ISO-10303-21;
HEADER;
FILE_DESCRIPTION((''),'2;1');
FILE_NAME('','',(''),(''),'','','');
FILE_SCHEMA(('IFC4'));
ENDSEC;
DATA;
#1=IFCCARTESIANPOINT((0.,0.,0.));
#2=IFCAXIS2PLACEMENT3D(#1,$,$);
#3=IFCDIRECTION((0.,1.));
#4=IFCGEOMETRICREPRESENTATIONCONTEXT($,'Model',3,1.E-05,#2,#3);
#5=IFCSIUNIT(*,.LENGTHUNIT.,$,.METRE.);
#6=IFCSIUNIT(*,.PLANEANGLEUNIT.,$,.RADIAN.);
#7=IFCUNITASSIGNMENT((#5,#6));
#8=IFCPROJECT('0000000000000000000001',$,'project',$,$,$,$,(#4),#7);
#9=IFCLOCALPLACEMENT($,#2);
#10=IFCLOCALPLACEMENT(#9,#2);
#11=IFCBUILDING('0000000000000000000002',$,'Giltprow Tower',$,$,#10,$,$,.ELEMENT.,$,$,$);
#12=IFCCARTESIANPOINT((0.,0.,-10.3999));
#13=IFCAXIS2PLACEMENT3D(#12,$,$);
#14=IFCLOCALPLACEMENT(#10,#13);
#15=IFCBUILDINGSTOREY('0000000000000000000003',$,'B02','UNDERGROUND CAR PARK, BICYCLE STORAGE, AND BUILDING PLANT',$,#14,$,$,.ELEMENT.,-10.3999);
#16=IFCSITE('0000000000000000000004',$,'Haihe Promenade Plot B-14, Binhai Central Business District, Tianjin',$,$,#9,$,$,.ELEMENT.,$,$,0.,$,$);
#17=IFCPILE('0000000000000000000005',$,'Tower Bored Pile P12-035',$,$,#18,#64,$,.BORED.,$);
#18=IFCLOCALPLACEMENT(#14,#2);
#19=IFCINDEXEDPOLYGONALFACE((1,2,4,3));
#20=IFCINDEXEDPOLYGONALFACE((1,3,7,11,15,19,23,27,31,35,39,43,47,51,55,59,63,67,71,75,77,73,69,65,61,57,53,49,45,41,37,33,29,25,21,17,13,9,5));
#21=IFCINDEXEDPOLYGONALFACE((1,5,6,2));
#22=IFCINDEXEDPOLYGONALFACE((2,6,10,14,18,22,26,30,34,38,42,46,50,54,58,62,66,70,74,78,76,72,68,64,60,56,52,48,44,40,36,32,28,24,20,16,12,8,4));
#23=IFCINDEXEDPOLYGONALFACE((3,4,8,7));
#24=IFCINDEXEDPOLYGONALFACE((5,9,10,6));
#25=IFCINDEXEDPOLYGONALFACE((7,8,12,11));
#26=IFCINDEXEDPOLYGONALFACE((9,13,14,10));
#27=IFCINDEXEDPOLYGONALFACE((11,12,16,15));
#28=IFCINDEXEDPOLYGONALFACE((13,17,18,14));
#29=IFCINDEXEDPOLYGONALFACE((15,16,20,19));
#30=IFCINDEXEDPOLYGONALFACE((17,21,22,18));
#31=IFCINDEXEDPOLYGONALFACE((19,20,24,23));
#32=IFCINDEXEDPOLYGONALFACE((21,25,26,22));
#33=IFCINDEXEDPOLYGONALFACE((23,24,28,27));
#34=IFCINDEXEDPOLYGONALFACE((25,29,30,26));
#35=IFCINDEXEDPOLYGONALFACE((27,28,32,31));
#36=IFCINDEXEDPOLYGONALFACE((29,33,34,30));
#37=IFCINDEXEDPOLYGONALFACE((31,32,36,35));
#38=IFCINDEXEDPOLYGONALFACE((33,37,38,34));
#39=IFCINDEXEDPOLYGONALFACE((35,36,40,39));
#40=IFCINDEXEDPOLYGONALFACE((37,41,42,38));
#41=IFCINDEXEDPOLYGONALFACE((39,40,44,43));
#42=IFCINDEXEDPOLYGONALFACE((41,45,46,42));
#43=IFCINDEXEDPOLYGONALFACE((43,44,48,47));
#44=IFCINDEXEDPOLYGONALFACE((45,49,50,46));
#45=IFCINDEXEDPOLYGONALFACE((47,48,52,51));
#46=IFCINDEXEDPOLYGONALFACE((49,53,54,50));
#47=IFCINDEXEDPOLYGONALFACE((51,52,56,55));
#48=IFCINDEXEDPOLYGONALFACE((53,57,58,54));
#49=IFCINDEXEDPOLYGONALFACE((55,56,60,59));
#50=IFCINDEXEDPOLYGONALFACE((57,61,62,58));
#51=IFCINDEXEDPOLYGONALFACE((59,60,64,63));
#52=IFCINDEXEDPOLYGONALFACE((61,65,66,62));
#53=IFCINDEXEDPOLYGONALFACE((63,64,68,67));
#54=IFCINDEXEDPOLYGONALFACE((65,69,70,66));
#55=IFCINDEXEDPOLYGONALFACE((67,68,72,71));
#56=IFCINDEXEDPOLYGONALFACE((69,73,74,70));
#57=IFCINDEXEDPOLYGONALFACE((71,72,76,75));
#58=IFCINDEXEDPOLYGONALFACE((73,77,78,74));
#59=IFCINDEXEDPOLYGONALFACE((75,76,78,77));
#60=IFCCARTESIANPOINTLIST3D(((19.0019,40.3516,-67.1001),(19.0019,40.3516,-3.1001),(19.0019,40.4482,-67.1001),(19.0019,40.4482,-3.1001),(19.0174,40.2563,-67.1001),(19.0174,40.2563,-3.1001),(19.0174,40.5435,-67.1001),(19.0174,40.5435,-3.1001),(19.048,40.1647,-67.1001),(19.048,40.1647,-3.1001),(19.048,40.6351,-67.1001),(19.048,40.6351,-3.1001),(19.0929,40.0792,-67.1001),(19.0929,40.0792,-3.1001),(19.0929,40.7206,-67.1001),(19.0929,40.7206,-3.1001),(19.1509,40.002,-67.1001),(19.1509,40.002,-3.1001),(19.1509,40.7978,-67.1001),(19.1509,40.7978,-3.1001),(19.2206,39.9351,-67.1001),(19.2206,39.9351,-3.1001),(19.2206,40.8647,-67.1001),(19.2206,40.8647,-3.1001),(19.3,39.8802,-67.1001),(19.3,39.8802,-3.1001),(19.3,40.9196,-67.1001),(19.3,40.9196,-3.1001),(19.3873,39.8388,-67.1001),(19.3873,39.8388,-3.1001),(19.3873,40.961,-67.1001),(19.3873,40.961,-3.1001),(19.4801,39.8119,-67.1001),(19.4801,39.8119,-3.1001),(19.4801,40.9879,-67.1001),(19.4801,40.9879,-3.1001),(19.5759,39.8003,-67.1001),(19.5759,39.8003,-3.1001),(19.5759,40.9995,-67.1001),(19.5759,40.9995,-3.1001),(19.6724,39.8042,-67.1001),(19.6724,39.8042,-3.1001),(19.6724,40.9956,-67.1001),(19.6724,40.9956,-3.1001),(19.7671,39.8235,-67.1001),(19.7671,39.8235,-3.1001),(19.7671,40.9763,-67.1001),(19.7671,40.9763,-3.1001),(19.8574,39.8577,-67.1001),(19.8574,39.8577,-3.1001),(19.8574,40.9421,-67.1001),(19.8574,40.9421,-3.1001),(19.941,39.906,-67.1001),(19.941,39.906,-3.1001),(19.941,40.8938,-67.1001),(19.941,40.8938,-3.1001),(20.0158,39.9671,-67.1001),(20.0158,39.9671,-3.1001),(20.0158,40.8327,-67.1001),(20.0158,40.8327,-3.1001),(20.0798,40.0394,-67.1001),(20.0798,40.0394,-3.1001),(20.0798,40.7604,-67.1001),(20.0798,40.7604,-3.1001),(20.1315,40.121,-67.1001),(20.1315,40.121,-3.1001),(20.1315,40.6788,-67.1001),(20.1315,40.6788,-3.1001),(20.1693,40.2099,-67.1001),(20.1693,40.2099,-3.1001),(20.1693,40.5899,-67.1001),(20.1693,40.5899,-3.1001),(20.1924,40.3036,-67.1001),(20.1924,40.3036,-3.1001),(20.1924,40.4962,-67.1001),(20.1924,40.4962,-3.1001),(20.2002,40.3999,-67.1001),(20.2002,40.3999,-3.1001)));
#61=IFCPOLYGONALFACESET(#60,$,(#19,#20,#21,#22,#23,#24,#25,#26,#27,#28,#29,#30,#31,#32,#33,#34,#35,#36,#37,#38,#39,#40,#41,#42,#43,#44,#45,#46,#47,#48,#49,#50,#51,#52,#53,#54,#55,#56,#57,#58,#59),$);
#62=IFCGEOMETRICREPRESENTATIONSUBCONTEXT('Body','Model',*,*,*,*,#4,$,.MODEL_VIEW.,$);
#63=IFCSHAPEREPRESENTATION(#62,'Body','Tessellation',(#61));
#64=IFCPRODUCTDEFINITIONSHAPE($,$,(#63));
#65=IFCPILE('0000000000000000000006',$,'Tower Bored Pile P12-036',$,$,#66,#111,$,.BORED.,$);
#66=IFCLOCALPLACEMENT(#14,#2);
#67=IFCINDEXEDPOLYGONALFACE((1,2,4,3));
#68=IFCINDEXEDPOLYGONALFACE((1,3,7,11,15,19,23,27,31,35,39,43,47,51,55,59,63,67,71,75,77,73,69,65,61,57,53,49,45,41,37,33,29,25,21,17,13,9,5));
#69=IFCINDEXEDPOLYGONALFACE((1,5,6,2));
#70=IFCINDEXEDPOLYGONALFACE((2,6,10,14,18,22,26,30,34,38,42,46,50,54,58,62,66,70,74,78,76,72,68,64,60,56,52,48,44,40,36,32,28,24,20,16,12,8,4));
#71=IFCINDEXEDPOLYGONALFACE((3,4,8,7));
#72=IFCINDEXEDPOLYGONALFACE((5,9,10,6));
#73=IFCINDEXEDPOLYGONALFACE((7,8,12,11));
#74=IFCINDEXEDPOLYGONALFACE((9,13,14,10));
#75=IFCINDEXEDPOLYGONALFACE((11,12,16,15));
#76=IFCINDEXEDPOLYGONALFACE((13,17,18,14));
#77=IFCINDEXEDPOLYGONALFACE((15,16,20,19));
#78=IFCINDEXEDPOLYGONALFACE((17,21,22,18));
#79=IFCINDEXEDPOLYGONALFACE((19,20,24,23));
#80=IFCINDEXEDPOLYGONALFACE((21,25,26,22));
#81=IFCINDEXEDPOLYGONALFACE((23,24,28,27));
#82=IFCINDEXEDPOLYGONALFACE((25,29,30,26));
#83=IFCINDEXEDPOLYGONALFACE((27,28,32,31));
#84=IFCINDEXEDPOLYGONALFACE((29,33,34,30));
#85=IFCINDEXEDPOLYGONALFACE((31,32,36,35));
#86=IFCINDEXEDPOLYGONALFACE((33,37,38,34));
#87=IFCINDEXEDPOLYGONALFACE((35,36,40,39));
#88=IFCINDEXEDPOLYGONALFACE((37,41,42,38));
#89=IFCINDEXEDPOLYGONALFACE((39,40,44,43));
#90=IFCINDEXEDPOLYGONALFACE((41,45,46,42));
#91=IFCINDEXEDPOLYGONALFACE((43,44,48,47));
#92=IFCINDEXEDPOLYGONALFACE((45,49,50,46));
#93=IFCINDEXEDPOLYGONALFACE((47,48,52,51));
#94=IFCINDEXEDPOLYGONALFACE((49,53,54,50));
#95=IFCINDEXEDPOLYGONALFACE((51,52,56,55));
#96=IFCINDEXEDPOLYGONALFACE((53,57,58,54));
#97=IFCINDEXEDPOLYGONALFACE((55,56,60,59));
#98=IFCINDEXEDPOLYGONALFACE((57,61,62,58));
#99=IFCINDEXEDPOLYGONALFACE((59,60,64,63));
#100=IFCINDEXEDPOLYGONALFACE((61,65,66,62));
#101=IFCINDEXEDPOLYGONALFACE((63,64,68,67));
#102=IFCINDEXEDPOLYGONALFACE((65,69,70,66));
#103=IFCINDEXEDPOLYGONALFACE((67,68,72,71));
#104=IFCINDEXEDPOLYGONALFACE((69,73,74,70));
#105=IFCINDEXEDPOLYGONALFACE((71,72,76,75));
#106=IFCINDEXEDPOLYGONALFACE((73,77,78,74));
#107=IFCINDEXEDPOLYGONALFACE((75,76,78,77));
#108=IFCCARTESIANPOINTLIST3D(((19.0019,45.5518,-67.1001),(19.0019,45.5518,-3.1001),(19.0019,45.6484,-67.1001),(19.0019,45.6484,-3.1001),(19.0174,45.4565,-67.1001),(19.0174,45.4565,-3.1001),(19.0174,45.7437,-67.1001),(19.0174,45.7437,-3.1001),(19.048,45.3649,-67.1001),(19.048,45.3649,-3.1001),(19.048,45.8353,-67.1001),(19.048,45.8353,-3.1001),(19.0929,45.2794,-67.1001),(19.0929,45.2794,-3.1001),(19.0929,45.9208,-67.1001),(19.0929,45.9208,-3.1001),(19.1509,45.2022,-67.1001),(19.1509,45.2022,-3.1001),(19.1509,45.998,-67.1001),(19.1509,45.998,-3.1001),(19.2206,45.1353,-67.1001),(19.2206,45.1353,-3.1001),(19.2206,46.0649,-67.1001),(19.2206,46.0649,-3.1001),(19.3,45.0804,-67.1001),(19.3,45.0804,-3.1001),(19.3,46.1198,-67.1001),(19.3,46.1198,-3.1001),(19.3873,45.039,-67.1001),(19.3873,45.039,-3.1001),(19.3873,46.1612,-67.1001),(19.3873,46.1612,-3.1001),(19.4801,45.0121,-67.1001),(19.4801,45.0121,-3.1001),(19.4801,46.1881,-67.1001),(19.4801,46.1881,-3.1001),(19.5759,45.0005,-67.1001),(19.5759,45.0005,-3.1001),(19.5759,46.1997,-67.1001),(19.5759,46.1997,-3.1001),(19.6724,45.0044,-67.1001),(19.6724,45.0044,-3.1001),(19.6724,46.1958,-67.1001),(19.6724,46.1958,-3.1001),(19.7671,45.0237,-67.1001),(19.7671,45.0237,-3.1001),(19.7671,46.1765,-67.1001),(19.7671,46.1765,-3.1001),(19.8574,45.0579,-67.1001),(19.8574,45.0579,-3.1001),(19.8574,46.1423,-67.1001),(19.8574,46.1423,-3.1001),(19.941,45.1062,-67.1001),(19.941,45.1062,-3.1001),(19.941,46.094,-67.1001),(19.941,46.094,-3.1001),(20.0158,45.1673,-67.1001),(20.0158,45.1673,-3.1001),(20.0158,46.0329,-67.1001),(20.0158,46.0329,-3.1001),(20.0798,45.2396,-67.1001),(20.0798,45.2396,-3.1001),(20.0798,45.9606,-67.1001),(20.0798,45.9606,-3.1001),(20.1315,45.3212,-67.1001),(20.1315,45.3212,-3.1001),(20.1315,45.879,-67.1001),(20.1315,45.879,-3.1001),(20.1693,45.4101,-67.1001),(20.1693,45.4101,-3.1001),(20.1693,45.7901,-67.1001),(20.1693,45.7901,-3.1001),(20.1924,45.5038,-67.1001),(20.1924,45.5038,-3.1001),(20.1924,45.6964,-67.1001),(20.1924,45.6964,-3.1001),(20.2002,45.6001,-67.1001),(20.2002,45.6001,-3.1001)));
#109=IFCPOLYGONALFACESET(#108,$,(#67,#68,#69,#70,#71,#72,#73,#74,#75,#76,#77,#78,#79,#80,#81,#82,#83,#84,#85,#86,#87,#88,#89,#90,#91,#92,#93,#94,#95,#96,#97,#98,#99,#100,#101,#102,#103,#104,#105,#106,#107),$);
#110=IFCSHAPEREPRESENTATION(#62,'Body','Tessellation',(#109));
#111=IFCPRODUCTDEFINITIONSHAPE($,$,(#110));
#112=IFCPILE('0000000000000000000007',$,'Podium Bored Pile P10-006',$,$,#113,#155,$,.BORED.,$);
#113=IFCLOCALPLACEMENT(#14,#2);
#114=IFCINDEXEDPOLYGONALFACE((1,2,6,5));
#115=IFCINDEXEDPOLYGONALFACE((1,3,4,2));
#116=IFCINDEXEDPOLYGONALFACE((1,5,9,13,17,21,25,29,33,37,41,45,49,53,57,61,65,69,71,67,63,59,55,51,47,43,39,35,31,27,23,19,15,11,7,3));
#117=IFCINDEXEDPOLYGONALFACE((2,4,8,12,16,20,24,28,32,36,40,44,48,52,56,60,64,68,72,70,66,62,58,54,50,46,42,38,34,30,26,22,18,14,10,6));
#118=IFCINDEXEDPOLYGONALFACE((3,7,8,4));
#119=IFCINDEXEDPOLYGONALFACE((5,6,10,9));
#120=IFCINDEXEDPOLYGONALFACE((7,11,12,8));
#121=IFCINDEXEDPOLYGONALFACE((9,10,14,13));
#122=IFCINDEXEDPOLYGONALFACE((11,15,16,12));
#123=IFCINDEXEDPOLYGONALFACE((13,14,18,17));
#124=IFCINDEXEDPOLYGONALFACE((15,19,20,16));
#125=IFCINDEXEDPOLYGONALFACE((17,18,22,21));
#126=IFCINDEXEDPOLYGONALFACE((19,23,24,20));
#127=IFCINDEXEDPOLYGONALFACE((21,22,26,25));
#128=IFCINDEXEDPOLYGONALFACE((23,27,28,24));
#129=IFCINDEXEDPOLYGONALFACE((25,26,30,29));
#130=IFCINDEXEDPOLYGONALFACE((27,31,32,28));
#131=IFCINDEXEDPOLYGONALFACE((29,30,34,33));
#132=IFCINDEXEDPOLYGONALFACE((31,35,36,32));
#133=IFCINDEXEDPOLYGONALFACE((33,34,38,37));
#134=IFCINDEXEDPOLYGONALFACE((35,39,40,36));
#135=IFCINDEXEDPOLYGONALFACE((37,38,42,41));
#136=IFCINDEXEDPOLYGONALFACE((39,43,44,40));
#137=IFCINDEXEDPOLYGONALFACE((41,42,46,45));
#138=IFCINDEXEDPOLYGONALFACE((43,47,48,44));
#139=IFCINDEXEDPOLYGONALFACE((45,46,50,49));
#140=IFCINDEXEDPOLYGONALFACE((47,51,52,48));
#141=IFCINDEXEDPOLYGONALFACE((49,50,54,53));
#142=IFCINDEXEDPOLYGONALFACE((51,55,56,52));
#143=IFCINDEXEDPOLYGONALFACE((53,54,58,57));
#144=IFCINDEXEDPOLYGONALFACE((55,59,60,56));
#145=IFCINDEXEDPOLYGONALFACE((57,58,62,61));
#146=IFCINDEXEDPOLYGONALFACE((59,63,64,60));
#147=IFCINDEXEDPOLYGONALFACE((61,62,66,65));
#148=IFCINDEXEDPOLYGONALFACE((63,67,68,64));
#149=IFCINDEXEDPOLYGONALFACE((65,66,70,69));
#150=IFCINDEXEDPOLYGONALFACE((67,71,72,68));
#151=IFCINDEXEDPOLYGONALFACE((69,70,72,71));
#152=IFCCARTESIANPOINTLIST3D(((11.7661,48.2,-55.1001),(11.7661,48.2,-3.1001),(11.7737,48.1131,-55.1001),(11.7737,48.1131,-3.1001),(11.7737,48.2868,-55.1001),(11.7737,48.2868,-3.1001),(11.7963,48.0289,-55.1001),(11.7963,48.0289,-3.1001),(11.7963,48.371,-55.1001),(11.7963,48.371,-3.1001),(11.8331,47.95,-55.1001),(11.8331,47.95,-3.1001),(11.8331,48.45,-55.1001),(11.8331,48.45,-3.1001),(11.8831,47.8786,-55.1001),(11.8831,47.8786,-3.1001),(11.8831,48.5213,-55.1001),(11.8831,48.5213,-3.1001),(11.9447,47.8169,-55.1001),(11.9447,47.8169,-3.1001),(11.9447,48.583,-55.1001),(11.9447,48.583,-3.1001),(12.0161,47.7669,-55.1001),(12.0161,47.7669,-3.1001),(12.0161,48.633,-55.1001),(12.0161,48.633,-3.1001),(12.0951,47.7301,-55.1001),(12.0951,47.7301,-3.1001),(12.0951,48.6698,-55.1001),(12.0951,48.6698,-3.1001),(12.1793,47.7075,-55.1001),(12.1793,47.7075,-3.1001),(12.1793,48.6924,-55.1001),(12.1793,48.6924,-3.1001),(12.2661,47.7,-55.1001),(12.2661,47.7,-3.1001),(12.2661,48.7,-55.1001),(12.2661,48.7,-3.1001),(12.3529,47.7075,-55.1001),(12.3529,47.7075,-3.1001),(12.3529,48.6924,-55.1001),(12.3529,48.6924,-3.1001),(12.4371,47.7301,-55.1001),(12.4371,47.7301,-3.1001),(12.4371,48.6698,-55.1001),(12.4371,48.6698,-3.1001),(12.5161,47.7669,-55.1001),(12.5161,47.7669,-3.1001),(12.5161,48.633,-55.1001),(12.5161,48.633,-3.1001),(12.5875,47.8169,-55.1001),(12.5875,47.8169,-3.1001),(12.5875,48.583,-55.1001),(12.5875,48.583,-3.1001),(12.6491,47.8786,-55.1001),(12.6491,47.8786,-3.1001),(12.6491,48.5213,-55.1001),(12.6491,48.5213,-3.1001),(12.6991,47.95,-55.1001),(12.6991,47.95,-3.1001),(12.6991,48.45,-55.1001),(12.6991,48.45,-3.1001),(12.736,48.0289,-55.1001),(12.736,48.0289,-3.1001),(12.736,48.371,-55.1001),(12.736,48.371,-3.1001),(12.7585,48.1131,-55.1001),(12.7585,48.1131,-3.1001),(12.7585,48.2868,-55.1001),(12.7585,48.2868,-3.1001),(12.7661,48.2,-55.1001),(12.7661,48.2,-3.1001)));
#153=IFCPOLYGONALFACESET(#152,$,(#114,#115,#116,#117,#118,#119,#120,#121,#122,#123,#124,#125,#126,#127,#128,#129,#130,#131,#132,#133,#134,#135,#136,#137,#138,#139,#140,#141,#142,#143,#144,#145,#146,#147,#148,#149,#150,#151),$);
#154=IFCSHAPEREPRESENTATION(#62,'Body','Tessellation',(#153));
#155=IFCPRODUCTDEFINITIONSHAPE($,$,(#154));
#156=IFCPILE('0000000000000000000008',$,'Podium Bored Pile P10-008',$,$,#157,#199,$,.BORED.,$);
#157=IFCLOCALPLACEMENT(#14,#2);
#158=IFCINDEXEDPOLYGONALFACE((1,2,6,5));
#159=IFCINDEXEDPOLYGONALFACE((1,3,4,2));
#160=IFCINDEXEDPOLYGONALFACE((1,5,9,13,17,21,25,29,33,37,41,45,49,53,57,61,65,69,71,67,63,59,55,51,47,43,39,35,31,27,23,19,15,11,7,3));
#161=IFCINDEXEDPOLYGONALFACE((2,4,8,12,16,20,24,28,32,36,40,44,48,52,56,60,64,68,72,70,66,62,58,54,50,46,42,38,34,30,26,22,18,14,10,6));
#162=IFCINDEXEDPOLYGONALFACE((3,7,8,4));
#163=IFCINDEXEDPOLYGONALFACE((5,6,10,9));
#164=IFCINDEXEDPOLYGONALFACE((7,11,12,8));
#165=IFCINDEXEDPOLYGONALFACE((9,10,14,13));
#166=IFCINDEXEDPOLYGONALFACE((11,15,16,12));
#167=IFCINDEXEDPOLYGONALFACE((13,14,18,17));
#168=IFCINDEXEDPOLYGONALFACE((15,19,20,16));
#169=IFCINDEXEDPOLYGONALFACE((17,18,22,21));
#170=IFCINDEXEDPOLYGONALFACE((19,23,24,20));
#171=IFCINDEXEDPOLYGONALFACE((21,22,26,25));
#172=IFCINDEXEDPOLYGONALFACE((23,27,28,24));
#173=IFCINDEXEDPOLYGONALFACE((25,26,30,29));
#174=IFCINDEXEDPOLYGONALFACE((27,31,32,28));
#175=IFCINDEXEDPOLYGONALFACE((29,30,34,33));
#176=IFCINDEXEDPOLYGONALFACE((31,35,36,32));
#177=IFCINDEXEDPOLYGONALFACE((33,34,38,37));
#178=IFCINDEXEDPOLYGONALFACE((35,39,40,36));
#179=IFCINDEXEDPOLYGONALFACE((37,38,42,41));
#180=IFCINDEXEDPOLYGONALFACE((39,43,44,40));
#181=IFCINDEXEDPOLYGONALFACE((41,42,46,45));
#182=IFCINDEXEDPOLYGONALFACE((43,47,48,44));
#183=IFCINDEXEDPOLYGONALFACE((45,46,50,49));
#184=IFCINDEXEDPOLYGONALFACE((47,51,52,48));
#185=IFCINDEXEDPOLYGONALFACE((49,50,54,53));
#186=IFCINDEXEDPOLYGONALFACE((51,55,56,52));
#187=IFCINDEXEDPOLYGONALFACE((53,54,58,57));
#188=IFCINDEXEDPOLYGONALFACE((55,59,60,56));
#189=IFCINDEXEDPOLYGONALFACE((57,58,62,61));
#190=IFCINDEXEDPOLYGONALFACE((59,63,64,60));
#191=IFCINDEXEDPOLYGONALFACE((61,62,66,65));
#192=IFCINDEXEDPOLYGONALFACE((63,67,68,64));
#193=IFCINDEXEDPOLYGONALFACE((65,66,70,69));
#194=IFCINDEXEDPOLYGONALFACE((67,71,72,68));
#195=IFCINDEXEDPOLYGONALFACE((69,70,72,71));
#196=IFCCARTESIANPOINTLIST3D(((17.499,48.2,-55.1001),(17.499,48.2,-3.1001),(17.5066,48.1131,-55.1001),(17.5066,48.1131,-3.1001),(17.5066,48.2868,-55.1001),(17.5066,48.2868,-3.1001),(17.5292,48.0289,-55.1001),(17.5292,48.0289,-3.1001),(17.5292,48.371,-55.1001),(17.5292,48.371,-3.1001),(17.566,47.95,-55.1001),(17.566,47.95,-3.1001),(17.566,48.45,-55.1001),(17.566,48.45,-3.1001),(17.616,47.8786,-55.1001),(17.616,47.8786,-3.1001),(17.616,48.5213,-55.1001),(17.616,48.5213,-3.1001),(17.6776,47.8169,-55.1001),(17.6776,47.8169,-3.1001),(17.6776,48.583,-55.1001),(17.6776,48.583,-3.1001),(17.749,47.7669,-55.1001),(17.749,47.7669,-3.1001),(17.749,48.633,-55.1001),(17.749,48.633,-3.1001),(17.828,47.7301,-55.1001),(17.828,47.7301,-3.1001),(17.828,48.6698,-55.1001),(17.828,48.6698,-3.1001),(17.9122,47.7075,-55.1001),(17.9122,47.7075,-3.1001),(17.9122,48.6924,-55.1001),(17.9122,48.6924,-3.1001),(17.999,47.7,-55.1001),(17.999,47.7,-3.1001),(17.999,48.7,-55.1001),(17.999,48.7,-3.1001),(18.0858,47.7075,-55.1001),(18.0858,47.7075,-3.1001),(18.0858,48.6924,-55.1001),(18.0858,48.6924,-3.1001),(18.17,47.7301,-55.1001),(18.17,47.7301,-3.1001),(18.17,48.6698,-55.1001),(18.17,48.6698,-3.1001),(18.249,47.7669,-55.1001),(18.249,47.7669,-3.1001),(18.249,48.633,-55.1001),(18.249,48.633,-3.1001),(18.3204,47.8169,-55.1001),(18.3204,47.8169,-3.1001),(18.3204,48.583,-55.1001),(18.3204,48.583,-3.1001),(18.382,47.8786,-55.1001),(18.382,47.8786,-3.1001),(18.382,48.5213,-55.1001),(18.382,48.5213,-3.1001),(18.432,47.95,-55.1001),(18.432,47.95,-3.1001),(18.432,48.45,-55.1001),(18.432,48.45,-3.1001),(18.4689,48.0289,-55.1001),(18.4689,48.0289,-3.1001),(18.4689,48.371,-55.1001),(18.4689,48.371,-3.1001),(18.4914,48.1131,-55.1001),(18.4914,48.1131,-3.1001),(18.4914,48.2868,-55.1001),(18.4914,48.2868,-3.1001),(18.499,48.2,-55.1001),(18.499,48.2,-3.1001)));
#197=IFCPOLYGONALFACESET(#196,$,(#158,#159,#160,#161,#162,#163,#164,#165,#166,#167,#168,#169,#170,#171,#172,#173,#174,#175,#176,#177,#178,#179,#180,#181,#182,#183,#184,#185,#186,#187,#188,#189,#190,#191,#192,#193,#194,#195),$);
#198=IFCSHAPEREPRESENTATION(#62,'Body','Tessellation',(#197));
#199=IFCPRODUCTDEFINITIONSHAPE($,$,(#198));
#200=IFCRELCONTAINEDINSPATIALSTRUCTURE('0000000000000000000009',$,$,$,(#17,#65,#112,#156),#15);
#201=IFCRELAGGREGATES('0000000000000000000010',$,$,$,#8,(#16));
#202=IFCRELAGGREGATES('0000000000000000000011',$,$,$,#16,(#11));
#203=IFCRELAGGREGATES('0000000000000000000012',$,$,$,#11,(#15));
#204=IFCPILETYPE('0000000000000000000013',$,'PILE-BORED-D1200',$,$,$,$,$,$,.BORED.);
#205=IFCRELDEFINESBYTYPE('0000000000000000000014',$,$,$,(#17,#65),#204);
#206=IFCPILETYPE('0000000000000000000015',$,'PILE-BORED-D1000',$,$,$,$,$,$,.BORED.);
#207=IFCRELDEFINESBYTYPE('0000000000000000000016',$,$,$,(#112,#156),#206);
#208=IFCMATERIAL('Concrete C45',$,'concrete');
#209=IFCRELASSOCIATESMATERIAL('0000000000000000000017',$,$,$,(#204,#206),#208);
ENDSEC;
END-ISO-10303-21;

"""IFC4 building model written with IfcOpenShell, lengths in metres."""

from ifc_helpers import new_model, si_unit, direction, frame, origin, origin_2d, place, context, subcontext, project, spatial, circle, extrude, source, transform, mapped, material, material_profile, profile_set, type_object, element, save


model = new_model("IFC4")

# Units and contexts
model_context = context("Model", 3, precision=1e-05, world=origin(), true_north=direction((0.0, 1.0)))
body_context = subcontext(model_context, "Body", "Model", "MODEL_VIEW")
ifc_project = project(units=[si_unit("LENGTHUNIT", "METRE"), si_unit("PLANEANGLEUNIT", "RADIAN")], contexts=[model_context])

# Site, building, storey
site_placement = place(None, origin())
site = spatial("IfcSite", under=ifc_project, at=site_placement, Name="Haihe Promenade Plot B-14, Binhai Central Business District, Tianjin", CompositionType="ELEMENT", RefElevation=0.0)
building_placement = place(site_placement, origin())
building = spatial("IfcBuilding", under=site, at=building_placement, Name="Giltprow Tower", CompositionType="ELEMENT")
storey_placement = place(building_placement, frame((0.0, 0.0, -10.3999)))
storey = spatial("IfcBuildingStorey", under=building, at=storey_placement, Name="B02", Description="UNDERGROUND CAR PARK, BICYCLE STORAGE, AND BUILDING PLANT", CompositionType="ELEMENT", Elevation=-10.3999)

# Piles
ifc_material_1 = material(Name="Concrete C45", Category="concrete")
ifc_material_profile_1 = material_profile(ifc_material_1, circle(Radius=0.6001, at=origin_2d()), Name="PILE D1200")
ifc_profile_set_1 = profile_set([ifc_material_profile_1], Name="Concrete C45")
pile_type_1 = type_object("IfcPileType", Name="PILE-BORED-D1200", PredefinedType="BORED", material=ifc_profile_set_1)
shared_shape_1 = source(origin(), body_context, "Body", "SweptSolid", [
    extrude(circle(Radius=0.6001, at=origin_2d()), origin(), (0.0, 0.0, 1.0), 64.0),
])
for number, where, z_axis, x_axis, name in (
    (1, (19.6001, 40.3999, -3.1001), (0.0, 0.0, -1.0), (1.0, 0.0, 0.0), "Tower Bored Pile P12-035"),
    (2, (19.6001, 45.6001, -3.1001), (0.0, 0.0, -1.0), (1.0, 0.0, 0.0), "Tower Bored Pile P12-036"),
):
    element("IfcPile", number, at=place(storey_placement, frame(where, z_axis=z_axis, x_axis=x_axis)), inside=storey, type_object=pile_type_1, Name=name, PredefinedType="BORED", context=body_context, shape_type="MappedRepresentation", body=[
        mapped(shared_shape_1, transform((0.0, 0.0, 0.0), x_axis=(1.0, 0.0, 0.0), y_axis=(0.0, 1.0, 0.0), z_axis=(0.0, 0.0, 1.0), scale=1.0)),
    ])
ifc_material_profile_2 = material_profile(ifc_material_1, circle(Radius=0.5, at=origin_2d()), Name="PILE D1000")
ifc_profile_set_2 = profile_set([ifc_material_profile_2], Name="Concrete C45")
pile_type_2 = type_object("IfcPileType", Name="PILE-BORED-D1000", PredefinedType="BORED", material=ifc_profile_set_2)
shared_shape_2 = source(origin(), body_context, "Body", "SweptSolid", [
    extrude(circle(Radius=0.5, at=origin_2d()), origin(), (0.0, 0.0, 1.0), 52.0),
])
for number, where, z_axis, x_axis, name in (
    (3, (12.2661, 48.2, -3.1001), (0.0, 0.0, -1.0), (1.0, 0.0, 0.0), "Podium Bored Pile P10-006"),
    (4, (17.999, 48.2, -3.1001), (0.0, 0.0, -1.0), (1.0, 0.0, 0.0), "Podium Bored Pile P10-008"),
):
    element("IfcPile", number, at=place(storey_placement, frame(where, z_axis=z_axis, x_axis=x_axis)), inside=storey, type_object=pile_type_2, Name=name, PredefinedType="BORED", context=body_context, shape_type="MappedRepresentation", body=[
        mapped(shared_shape_2, transform((0.0, 0.0, 0.0), x_axis=(1.0, 0.0, 0.0), y_axis=(0.0, 1.0, 0.0), z_axis=(0.0, 0.0, 1.0), scale=1.0)),
    ])

save(model, "model.ifc")
